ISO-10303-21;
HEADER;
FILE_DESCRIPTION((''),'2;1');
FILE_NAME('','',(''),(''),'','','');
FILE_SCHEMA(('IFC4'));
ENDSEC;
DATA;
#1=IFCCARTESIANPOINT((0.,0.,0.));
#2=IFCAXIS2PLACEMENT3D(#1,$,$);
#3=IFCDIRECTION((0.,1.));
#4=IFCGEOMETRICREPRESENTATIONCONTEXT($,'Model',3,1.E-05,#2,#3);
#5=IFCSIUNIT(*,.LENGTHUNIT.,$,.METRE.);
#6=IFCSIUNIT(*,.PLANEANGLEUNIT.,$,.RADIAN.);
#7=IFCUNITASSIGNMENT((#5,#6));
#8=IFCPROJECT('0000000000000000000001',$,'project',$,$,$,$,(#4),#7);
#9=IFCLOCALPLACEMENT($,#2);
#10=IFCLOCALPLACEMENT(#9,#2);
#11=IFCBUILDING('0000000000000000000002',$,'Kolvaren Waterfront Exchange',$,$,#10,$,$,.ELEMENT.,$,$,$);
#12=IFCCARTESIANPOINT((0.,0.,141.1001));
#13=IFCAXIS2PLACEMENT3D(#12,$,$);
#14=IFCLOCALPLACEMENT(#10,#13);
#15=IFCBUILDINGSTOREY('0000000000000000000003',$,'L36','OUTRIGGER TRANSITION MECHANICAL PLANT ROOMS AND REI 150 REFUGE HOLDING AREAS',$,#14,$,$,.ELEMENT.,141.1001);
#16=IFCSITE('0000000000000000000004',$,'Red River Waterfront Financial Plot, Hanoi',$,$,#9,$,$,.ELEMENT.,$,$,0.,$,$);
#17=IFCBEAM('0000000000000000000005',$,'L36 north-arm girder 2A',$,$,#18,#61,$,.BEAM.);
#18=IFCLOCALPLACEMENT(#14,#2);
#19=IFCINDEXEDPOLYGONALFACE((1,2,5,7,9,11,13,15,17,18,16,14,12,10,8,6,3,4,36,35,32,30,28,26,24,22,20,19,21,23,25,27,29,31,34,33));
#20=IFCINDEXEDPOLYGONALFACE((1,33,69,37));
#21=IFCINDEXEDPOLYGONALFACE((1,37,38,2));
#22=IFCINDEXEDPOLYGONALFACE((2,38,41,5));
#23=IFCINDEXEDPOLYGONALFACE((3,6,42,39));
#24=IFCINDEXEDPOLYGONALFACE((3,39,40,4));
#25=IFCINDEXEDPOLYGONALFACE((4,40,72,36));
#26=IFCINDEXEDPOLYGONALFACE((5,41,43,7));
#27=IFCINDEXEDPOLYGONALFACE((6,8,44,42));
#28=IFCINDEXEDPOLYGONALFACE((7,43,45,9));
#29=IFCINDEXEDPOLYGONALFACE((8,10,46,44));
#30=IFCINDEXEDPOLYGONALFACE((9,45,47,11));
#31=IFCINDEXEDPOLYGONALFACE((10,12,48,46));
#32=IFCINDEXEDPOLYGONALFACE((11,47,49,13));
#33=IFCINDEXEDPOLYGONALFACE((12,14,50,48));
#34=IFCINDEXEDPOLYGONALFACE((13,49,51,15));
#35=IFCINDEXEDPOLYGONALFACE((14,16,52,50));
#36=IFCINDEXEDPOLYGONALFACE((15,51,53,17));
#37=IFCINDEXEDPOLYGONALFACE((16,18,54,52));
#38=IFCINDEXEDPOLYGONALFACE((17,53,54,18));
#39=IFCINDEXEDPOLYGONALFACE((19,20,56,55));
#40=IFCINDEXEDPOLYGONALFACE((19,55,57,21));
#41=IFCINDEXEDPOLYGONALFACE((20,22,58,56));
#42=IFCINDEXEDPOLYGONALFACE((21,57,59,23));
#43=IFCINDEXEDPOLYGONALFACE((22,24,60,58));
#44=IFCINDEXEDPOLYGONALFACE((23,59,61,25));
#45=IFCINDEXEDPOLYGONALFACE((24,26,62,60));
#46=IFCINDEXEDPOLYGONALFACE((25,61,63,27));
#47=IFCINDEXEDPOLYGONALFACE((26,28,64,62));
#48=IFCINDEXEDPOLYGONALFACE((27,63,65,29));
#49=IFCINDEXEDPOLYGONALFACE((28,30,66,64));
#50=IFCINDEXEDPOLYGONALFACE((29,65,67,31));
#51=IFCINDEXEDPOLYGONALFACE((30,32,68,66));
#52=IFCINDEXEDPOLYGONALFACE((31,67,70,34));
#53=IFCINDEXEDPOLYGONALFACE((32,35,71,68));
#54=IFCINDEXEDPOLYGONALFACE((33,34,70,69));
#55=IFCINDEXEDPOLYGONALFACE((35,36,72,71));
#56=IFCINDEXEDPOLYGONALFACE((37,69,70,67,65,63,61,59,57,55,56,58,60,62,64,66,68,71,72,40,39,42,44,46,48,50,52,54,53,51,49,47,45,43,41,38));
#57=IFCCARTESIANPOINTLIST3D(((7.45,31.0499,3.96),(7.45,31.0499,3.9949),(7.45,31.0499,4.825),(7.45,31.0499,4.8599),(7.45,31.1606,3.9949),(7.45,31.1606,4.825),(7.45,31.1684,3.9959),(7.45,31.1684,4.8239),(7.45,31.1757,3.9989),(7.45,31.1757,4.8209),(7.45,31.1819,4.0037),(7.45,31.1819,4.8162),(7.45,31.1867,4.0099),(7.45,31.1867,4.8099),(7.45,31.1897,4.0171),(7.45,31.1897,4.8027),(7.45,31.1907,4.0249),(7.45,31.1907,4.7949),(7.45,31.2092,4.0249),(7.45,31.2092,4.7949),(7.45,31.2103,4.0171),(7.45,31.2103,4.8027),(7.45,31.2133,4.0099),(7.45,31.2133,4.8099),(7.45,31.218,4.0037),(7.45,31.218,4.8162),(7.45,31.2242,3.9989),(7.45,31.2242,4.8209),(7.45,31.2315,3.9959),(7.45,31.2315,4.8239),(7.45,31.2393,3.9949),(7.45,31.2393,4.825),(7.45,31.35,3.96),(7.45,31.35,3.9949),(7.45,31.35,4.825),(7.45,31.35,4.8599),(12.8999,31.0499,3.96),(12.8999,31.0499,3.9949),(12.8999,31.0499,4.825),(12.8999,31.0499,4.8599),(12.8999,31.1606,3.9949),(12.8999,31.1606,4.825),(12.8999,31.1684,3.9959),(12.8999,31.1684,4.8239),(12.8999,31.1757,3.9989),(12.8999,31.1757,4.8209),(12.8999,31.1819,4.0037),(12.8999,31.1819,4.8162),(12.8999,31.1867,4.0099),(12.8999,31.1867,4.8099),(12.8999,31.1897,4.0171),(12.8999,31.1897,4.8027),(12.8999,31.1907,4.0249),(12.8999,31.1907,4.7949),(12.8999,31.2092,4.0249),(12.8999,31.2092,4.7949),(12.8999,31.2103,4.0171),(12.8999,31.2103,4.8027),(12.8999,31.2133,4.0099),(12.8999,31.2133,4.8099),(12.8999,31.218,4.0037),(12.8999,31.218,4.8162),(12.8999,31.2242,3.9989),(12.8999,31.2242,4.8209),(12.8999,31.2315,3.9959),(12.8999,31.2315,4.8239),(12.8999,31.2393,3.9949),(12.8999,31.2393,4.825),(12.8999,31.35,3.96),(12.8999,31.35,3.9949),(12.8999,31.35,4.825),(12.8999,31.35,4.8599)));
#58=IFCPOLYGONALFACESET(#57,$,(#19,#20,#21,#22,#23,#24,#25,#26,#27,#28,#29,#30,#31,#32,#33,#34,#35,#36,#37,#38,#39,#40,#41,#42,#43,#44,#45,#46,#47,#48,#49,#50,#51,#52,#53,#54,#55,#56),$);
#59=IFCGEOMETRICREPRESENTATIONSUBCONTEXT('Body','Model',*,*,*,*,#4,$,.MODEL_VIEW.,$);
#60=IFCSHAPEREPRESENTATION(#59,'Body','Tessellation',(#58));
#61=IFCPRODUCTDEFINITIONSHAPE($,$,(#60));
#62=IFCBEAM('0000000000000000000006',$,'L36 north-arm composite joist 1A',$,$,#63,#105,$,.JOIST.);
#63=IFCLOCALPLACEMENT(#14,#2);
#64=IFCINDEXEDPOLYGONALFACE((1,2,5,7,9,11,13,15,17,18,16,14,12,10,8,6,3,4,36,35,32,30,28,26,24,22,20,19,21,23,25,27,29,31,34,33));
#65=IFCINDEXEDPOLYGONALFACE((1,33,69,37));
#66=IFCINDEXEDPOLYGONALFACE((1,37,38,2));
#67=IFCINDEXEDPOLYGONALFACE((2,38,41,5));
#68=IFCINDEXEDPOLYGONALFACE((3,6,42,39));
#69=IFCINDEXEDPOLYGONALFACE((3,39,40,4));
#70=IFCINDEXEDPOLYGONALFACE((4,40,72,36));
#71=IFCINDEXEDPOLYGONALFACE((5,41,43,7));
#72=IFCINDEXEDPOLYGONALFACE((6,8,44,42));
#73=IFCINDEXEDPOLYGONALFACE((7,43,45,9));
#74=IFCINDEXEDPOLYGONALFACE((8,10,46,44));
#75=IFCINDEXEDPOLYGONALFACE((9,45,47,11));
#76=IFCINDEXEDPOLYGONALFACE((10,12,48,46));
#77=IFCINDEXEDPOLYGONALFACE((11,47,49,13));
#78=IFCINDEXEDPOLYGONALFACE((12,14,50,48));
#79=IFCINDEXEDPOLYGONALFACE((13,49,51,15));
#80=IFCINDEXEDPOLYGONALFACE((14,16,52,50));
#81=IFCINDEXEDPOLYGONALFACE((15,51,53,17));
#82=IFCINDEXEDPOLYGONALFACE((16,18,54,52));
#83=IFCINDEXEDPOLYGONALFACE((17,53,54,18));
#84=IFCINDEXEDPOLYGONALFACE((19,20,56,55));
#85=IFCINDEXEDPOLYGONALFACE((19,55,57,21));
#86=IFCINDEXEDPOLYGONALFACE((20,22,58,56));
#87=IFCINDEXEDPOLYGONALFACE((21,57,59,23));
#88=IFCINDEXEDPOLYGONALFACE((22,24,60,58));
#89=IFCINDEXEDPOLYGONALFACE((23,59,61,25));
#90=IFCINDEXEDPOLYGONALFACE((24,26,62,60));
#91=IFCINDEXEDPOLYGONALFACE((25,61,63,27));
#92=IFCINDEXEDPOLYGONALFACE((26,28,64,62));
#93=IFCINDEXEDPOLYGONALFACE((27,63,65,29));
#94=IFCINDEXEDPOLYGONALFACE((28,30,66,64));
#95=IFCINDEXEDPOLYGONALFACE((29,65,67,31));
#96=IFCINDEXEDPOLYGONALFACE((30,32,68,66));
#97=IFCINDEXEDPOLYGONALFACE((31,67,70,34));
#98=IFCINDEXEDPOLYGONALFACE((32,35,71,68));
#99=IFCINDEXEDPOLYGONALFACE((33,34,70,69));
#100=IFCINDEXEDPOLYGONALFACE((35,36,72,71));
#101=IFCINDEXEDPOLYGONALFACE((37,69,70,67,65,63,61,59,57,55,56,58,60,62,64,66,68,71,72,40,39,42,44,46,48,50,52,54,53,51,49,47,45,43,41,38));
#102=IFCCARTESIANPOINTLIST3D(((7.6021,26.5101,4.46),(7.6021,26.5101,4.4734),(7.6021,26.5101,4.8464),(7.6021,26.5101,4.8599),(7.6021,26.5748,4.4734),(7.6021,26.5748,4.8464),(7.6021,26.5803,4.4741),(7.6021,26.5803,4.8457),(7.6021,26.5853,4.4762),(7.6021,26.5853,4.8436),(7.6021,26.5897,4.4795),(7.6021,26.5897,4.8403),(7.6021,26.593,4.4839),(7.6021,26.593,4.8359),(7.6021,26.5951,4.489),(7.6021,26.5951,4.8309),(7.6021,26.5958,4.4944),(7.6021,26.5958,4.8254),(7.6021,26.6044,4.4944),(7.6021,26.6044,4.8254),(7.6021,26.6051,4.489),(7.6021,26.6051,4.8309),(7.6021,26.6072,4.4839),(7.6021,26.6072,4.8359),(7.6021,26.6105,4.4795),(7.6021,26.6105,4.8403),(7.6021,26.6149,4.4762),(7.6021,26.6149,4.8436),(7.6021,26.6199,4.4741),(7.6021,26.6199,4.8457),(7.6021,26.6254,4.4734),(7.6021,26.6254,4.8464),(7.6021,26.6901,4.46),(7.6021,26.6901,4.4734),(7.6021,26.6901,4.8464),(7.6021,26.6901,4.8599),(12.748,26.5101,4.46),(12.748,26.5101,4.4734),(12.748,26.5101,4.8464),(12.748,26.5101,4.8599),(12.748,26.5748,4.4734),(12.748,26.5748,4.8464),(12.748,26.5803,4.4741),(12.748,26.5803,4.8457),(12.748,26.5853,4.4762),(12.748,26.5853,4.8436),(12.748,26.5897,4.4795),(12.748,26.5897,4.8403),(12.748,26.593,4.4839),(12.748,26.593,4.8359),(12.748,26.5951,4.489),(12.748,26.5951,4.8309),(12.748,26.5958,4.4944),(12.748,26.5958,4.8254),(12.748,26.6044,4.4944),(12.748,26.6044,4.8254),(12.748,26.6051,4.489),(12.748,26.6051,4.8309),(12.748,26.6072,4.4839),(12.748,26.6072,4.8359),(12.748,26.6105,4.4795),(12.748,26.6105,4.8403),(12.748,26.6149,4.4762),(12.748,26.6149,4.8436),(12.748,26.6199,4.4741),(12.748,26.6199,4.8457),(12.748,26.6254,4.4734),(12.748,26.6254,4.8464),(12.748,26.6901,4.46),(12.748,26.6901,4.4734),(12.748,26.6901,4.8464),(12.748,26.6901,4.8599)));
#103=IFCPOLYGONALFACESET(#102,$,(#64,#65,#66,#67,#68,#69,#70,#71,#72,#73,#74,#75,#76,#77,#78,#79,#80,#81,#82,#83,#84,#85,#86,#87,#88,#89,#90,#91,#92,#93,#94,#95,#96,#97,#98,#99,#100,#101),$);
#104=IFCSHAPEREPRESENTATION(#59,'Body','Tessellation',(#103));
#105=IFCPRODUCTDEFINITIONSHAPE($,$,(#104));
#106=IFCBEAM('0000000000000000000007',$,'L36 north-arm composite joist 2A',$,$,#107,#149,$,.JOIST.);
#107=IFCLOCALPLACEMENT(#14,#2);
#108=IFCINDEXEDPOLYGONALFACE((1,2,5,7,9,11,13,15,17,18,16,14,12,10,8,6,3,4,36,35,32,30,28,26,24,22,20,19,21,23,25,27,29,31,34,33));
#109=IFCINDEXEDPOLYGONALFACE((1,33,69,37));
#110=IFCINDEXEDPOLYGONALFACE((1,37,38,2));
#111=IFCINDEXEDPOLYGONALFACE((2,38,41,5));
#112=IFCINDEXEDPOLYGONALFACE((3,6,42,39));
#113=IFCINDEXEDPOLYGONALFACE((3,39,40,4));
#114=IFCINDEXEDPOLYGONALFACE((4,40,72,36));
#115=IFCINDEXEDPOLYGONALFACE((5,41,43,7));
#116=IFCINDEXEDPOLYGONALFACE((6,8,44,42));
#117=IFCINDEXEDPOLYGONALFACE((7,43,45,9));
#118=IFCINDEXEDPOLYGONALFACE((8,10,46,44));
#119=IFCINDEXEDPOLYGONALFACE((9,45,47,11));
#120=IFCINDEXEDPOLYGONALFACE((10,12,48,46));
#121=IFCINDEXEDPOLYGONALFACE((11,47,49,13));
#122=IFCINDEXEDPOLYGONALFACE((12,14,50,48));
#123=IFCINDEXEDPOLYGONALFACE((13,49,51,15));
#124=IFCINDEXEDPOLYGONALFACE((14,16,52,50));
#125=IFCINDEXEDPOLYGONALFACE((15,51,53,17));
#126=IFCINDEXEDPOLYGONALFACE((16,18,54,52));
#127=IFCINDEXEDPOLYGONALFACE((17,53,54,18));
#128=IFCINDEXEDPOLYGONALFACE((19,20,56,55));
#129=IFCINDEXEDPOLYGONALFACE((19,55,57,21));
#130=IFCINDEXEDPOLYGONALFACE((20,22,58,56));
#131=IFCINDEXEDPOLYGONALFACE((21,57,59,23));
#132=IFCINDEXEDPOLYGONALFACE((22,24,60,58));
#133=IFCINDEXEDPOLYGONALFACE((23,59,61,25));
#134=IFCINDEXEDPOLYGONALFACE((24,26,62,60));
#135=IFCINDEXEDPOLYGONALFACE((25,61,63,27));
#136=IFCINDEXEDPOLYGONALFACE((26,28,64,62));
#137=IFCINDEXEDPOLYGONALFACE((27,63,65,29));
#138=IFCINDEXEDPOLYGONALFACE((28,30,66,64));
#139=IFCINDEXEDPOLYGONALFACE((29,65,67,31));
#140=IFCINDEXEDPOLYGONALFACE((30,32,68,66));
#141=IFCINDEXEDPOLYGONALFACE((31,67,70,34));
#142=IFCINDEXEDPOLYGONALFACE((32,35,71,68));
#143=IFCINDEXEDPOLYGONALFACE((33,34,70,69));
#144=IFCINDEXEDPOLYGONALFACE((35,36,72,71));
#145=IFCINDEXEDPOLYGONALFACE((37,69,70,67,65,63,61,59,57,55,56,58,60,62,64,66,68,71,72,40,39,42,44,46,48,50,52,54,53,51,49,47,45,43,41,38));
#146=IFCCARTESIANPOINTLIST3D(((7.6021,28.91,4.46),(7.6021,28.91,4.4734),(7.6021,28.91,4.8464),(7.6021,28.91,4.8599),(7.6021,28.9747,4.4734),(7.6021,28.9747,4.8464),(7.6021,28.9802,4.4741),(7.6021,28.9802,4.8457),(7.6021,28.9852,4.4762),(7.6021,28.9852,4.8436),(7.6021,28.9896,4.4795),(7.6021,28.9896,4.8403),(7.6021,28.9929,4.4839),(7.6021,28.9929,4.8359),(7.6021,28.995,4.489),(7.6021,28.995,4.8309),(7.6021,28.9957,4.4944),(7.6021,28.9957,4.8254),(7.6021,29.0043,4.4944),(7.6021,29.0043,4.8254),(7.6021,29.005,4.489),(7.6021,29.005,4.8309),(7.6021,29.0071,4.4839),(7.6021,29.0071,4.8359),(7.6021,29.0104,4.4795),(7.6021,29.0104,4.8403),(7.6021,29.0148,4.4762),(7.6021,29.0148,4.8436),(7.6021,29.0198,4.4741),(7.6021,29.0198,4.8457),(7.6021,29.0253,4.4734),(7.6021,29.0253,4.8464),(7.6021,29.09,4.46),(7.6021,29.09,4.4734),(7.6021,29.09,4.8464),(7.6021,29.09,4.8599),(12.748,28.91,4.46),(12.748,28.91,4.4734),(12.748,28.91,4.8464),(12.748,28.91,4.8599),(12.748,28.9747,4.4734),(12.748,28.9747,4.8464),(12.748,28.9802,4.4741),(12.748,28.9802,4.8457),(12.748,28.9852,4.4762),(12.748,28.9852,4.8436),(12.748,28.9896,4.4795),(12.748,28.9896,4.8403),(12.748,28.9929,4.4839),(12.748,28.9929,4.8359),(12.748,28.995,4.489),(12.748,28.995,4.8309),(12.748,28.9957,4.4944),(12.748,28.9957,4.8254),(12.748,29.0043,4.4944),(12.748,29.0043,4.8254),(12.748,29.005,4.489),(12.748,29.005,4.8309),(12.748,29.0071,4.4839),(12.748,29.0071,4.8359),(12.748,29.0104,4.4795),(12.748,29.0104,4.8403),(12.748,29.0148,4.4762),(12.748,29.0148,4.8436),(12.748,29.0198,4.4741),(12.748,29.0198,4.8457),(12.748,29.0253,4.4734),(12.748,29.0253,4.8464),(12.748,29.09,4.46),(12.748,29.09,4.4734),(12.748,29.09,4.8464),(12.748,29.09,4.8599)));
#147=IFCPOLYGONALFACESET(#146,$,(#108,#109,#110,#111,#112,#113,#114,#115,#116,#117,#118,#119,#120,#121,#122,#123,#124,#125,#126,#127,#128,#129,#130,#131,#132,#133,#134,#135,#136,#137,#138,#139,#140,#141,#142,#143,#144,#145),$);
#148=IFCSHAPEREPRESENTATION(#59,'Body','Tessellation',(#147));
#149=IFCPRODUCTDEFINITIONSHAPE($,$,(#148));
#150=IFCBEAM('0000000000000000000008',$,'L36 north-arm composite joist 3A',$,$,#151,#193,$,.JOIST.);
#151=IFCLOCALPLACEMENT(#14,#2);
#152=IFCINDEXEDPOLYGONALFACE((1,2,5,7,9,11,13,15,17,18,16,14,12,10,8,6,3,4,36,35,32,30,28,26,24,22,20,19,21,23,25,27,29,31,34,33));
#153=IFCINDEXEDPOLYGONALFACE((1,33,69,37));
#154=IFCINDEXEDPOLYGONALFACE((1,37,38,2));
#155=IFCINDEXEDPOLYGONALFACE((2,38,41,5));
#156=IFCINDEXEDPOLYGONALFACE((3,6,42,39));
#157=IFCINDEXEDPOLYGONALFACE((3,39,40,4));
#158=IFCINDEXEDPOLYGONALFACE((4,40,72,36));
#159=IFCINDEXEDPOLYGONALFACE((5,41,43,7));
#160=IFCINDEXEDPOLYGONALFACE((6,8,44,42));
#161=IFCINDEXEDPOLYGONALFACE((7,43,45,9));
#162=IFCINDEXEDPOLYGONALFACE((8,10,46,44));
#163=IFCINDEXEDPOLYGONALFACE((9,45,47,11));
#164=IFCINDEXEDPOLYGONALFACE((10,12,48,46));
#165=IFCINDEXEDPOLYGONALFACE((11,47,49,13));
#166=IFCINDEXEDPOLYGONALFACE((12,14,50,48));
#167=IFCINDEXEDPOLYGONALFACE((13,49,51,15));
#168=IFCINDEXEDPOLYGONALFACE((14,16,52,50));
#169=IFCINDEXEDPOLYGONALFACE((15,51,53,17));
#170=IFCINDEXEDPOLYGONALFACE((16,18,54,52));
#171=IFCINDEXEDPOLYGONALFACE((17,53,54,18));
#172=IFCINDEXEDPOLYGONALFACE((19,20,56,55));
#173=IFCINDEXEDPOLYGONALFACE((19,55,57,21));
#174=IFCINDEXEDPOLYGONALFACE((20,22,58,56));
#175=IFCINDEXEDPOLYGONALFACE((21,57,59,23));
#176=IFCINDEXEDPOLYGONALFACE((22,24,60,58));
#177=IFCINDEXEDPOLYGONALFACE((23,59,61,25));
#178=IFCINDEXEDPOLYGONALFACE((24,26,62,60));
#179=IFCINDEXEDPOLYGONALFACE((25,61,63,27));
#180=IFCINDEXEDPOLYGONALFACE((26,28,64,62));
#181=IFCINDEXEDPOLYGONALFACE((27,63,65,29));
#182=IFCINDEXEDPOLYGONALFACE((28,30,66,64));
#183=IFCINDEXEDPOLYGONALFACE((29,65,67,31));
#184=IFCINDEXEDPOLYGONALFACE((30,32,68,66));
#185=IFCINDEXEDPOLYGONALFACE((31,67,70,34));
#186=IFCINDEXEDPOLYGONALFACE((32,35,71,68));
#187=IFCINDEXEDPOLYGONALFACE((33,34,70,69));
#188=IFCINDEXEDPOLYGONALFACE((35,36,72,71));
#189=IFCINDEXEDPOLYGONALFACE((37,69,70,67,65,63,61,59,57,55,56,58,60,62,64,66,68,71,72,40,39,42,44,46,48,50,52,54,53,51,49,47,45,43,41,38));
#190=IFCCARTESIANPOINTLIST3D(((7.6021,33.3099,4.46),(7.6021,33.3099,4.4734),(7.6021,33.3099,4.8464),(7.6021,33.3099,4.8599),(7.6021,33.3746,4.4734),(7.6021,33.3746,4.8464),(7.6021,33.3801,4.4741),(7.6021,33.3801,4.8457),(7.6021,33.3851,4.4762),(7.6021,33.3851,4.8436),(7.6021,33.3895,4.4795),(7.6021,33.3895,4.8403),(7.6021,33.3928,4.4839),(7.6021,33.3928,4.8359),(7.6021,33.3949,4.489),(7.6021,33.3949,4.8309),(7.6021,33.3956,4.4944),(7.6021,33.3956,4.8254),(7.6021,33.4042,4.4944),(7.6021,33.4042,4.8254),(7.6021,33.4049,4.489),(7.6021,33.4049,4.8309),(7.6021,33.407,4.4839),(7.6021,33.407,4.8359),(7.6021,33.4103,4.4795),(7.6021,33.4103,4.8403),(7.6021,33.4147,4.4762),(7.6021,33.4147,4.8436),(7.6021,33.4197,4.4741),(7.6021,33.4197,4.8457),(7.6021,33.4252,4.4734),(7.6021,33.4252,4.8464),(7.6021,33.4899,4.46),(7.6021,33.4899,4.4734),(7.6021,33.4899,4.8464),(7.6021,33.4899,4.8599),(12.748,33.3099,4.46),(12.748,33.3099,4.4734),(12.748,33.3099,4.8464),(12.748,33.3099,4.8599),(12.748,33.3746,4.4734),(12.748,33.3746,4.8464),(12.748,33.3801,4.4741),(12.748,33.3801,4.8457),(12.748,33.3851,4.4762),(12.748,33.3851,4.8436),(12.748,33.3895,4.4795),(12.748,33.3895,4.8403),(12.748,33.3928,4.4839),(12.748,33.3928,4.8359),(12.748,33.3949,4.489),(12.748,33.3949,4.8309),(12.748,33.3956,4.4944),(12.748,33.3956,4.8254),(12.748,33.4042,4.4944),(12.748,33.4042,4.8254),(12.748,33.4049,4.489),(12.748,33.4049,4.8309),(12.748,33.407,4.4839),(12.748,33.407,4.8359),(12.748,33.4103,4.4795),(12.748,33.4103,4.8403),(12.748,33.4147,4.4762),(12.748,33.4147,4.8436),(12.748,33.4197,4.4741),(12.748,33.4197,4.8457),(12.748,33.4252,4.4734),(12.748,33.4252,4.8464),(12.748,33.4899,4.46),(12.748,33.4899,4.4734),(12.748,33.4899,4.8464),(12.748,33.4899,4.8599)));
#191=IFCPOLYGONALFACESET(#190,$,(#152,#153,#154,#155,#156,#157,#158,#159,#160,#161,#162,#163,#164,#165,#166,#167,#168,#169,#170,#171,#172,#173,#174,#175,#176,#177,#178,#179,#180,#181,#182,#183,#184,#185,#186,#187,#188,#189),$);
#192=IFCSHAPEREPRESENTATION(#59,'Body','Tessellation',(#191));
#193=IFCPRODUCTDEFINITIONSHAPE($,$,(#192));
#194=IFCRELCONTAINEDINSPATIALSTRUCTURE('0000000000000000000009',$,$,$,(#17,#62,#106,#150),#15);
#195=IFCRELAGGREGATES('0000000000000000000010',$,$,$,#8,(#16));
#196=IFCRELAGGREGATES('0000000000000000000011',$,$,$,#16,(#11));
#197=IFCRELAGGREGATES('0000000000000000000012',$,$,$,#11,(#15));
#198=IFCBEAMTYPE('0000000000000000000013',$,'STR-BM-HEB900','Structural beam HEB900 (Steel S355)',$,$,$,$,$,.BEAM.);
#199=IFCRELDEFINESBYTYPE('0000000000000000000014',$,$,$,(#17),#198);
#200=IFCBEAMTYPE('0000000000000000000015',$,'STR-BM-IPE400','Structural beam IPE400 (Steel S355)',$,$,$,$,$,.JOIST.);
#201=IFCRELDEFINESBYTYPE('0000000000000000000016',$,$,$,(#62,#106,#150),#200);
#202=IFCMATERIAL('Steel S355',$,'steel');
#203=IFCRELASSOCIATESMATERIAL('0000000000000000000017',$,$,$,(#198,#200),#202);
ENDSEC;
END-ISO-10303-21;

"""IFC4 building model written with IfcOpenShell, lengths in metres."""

from ifc_helpers import new_model, si_unit, direction, frame, origin, origin_2d, place, context, subcontext, project, spatial, i_section, extrude, material, material_profile, profile_set, type_object, element, save


model = new_model("IFC4")

# Units and contexts
model_context = context("Model", 3, precision=1e-05, world=origin(), true_north=direction((0.0, 1.0)))
body_context = subcontext(model_context, "Body", "Model", "MODEL_VIEW")
ifc_project = project(units=[si_unit("LENGTHUNIT", "METRE"), si_unit("PLANEANGLEUNIT", "RADIAN")], contexts=[model_context])

# Site, building, storey
site_placement = place(None, origin())
site = spatial("IfcSite", under=ifc_project, at=site_placement, Name="Red River Waterfront Financial Plot, Hanoi", CompositionType="ELEMENT", RefElevation=0.0)
building_placement = place(site_placement, origin())
building = spatial("IfcBuilding", under=site, at=building_placement, Name="Kolvaren Waterfront Exchange", CompositionType="ELEMENT")
storey_placement = place(building_placement, frame((0.0, 0.0, 141.1001)))
storey = spatial("IfcBuildingStorey", under=building, at=storey_placement, Name="L36", Description="OUTRIGGER TRANSITION MECHANICAL PLANT ROOMS AND REI 150 REFUGE HOLDING AREAS", CompositionType="ELEMENT", Elevation=141.1001)

# Beams
ifc_material_1 = material(Name="Steel S355", Category="steel")
ifc_material_profile_1 = material_profile(ifc_material_1, i_section(OverallWidth=0.3, OverallDepth=0.8999, WebThickness=0.0186, FlangeThickness=0.0349, FilletRadius=0.03, at=origin_2d()), Name="HEB900")
ifc_profile_set_1 = profile_set([ifc_material_profile_1], Name="Steel S355")
beam_type_1 = type_object("IfcBeamType", Name="STR-BM-HEB900", Description="Structural beam HEB900 (Steel S355)", PredefinedType="BEAM", material=ifc_profile_set_1)
for number, where, z_axis, x_axis, name in (
    (1, (7.45, 31.2, 4.4099), (1.0, 0.0, 0.0), (0.0, 1.0, 0.0), "L36 north-arm girder 2A"),
):
    element("IfcBeam", number, at=place(storey_placement, frame(where, z_axis=z_axis, x_axis=x_axis)), inside=storey, type_object=beam_type_1, Name=name, PredefinedType="BEAM", context=body_context, shape_type="SweptSolid", body=[
        extrude(i_section(OverallWidth=0.3, OverallDepth=0.8999, WebThickness=0.0186, FlangeThickness=0.0349, FilletRadius=0.03, at=origin_2d()), origin(), (0.0, 0.0, 1.0), 5.45),
    ])
ifc_material_profile_2 = material_profile(ifc_material_1, i_section(OverallWidth=0.1799, OverallDepth=0.3999, WebThickness=0.0085, FlangeThickness=0.0134, FilletRadius=0.021, at=origin_2d()), Name="IPE400")
ifc_profile_set_2 = profile_set([ifc_material_profile_2], Name="Steel S355")
beam_type_2 = type_object("IfcBeamType", Name="STR-BM-IPE400", Description="Structural beam IPE400 (Steel S355)", PredefinedType="JOIST", material=ifc_profile_set_2)
for number, where, z_axis, x_axis, name in (
    (2, (7.6021, 26.6001, 4.6599), (1.0, 0.0, 0.0), (0.0, 1.0, 0.0), "L36 north-arm composite joist 1A"),
    (3, (7.6021, 29.0, 4.6599), (1.0, 0.0, 0.0), (0.0, 1.0, 0.0), "L36 north-arm composite joist 2A"),
    (4, (7.6021, 33.3999, 4.6599), (1.0, 0.0, 0.0), (0.0, 1.0, 0.0), "L36 north-arm composite joist 3A"),
):
    element("IfcBeam", number, at=place(storey_placement, frame(where, z_axis=z_axis, x_axis=x_axis)), inside=storey, type_object=beam_type_2, Name=name, PredefinedType="JOIST", context=body_context, shape_type="SweptSolid", body=[
        extrude(i_section(OverallWidth=0.1799, OverallDepth=0.3999, WebThickness=0.0085, FlangeThickness=0.0134, FilletRadius=0.021, at=origin_2d()), origin(), (0.0, 0.0, 1.0), 5.146),
    ])

save(model, "model.ifc")
